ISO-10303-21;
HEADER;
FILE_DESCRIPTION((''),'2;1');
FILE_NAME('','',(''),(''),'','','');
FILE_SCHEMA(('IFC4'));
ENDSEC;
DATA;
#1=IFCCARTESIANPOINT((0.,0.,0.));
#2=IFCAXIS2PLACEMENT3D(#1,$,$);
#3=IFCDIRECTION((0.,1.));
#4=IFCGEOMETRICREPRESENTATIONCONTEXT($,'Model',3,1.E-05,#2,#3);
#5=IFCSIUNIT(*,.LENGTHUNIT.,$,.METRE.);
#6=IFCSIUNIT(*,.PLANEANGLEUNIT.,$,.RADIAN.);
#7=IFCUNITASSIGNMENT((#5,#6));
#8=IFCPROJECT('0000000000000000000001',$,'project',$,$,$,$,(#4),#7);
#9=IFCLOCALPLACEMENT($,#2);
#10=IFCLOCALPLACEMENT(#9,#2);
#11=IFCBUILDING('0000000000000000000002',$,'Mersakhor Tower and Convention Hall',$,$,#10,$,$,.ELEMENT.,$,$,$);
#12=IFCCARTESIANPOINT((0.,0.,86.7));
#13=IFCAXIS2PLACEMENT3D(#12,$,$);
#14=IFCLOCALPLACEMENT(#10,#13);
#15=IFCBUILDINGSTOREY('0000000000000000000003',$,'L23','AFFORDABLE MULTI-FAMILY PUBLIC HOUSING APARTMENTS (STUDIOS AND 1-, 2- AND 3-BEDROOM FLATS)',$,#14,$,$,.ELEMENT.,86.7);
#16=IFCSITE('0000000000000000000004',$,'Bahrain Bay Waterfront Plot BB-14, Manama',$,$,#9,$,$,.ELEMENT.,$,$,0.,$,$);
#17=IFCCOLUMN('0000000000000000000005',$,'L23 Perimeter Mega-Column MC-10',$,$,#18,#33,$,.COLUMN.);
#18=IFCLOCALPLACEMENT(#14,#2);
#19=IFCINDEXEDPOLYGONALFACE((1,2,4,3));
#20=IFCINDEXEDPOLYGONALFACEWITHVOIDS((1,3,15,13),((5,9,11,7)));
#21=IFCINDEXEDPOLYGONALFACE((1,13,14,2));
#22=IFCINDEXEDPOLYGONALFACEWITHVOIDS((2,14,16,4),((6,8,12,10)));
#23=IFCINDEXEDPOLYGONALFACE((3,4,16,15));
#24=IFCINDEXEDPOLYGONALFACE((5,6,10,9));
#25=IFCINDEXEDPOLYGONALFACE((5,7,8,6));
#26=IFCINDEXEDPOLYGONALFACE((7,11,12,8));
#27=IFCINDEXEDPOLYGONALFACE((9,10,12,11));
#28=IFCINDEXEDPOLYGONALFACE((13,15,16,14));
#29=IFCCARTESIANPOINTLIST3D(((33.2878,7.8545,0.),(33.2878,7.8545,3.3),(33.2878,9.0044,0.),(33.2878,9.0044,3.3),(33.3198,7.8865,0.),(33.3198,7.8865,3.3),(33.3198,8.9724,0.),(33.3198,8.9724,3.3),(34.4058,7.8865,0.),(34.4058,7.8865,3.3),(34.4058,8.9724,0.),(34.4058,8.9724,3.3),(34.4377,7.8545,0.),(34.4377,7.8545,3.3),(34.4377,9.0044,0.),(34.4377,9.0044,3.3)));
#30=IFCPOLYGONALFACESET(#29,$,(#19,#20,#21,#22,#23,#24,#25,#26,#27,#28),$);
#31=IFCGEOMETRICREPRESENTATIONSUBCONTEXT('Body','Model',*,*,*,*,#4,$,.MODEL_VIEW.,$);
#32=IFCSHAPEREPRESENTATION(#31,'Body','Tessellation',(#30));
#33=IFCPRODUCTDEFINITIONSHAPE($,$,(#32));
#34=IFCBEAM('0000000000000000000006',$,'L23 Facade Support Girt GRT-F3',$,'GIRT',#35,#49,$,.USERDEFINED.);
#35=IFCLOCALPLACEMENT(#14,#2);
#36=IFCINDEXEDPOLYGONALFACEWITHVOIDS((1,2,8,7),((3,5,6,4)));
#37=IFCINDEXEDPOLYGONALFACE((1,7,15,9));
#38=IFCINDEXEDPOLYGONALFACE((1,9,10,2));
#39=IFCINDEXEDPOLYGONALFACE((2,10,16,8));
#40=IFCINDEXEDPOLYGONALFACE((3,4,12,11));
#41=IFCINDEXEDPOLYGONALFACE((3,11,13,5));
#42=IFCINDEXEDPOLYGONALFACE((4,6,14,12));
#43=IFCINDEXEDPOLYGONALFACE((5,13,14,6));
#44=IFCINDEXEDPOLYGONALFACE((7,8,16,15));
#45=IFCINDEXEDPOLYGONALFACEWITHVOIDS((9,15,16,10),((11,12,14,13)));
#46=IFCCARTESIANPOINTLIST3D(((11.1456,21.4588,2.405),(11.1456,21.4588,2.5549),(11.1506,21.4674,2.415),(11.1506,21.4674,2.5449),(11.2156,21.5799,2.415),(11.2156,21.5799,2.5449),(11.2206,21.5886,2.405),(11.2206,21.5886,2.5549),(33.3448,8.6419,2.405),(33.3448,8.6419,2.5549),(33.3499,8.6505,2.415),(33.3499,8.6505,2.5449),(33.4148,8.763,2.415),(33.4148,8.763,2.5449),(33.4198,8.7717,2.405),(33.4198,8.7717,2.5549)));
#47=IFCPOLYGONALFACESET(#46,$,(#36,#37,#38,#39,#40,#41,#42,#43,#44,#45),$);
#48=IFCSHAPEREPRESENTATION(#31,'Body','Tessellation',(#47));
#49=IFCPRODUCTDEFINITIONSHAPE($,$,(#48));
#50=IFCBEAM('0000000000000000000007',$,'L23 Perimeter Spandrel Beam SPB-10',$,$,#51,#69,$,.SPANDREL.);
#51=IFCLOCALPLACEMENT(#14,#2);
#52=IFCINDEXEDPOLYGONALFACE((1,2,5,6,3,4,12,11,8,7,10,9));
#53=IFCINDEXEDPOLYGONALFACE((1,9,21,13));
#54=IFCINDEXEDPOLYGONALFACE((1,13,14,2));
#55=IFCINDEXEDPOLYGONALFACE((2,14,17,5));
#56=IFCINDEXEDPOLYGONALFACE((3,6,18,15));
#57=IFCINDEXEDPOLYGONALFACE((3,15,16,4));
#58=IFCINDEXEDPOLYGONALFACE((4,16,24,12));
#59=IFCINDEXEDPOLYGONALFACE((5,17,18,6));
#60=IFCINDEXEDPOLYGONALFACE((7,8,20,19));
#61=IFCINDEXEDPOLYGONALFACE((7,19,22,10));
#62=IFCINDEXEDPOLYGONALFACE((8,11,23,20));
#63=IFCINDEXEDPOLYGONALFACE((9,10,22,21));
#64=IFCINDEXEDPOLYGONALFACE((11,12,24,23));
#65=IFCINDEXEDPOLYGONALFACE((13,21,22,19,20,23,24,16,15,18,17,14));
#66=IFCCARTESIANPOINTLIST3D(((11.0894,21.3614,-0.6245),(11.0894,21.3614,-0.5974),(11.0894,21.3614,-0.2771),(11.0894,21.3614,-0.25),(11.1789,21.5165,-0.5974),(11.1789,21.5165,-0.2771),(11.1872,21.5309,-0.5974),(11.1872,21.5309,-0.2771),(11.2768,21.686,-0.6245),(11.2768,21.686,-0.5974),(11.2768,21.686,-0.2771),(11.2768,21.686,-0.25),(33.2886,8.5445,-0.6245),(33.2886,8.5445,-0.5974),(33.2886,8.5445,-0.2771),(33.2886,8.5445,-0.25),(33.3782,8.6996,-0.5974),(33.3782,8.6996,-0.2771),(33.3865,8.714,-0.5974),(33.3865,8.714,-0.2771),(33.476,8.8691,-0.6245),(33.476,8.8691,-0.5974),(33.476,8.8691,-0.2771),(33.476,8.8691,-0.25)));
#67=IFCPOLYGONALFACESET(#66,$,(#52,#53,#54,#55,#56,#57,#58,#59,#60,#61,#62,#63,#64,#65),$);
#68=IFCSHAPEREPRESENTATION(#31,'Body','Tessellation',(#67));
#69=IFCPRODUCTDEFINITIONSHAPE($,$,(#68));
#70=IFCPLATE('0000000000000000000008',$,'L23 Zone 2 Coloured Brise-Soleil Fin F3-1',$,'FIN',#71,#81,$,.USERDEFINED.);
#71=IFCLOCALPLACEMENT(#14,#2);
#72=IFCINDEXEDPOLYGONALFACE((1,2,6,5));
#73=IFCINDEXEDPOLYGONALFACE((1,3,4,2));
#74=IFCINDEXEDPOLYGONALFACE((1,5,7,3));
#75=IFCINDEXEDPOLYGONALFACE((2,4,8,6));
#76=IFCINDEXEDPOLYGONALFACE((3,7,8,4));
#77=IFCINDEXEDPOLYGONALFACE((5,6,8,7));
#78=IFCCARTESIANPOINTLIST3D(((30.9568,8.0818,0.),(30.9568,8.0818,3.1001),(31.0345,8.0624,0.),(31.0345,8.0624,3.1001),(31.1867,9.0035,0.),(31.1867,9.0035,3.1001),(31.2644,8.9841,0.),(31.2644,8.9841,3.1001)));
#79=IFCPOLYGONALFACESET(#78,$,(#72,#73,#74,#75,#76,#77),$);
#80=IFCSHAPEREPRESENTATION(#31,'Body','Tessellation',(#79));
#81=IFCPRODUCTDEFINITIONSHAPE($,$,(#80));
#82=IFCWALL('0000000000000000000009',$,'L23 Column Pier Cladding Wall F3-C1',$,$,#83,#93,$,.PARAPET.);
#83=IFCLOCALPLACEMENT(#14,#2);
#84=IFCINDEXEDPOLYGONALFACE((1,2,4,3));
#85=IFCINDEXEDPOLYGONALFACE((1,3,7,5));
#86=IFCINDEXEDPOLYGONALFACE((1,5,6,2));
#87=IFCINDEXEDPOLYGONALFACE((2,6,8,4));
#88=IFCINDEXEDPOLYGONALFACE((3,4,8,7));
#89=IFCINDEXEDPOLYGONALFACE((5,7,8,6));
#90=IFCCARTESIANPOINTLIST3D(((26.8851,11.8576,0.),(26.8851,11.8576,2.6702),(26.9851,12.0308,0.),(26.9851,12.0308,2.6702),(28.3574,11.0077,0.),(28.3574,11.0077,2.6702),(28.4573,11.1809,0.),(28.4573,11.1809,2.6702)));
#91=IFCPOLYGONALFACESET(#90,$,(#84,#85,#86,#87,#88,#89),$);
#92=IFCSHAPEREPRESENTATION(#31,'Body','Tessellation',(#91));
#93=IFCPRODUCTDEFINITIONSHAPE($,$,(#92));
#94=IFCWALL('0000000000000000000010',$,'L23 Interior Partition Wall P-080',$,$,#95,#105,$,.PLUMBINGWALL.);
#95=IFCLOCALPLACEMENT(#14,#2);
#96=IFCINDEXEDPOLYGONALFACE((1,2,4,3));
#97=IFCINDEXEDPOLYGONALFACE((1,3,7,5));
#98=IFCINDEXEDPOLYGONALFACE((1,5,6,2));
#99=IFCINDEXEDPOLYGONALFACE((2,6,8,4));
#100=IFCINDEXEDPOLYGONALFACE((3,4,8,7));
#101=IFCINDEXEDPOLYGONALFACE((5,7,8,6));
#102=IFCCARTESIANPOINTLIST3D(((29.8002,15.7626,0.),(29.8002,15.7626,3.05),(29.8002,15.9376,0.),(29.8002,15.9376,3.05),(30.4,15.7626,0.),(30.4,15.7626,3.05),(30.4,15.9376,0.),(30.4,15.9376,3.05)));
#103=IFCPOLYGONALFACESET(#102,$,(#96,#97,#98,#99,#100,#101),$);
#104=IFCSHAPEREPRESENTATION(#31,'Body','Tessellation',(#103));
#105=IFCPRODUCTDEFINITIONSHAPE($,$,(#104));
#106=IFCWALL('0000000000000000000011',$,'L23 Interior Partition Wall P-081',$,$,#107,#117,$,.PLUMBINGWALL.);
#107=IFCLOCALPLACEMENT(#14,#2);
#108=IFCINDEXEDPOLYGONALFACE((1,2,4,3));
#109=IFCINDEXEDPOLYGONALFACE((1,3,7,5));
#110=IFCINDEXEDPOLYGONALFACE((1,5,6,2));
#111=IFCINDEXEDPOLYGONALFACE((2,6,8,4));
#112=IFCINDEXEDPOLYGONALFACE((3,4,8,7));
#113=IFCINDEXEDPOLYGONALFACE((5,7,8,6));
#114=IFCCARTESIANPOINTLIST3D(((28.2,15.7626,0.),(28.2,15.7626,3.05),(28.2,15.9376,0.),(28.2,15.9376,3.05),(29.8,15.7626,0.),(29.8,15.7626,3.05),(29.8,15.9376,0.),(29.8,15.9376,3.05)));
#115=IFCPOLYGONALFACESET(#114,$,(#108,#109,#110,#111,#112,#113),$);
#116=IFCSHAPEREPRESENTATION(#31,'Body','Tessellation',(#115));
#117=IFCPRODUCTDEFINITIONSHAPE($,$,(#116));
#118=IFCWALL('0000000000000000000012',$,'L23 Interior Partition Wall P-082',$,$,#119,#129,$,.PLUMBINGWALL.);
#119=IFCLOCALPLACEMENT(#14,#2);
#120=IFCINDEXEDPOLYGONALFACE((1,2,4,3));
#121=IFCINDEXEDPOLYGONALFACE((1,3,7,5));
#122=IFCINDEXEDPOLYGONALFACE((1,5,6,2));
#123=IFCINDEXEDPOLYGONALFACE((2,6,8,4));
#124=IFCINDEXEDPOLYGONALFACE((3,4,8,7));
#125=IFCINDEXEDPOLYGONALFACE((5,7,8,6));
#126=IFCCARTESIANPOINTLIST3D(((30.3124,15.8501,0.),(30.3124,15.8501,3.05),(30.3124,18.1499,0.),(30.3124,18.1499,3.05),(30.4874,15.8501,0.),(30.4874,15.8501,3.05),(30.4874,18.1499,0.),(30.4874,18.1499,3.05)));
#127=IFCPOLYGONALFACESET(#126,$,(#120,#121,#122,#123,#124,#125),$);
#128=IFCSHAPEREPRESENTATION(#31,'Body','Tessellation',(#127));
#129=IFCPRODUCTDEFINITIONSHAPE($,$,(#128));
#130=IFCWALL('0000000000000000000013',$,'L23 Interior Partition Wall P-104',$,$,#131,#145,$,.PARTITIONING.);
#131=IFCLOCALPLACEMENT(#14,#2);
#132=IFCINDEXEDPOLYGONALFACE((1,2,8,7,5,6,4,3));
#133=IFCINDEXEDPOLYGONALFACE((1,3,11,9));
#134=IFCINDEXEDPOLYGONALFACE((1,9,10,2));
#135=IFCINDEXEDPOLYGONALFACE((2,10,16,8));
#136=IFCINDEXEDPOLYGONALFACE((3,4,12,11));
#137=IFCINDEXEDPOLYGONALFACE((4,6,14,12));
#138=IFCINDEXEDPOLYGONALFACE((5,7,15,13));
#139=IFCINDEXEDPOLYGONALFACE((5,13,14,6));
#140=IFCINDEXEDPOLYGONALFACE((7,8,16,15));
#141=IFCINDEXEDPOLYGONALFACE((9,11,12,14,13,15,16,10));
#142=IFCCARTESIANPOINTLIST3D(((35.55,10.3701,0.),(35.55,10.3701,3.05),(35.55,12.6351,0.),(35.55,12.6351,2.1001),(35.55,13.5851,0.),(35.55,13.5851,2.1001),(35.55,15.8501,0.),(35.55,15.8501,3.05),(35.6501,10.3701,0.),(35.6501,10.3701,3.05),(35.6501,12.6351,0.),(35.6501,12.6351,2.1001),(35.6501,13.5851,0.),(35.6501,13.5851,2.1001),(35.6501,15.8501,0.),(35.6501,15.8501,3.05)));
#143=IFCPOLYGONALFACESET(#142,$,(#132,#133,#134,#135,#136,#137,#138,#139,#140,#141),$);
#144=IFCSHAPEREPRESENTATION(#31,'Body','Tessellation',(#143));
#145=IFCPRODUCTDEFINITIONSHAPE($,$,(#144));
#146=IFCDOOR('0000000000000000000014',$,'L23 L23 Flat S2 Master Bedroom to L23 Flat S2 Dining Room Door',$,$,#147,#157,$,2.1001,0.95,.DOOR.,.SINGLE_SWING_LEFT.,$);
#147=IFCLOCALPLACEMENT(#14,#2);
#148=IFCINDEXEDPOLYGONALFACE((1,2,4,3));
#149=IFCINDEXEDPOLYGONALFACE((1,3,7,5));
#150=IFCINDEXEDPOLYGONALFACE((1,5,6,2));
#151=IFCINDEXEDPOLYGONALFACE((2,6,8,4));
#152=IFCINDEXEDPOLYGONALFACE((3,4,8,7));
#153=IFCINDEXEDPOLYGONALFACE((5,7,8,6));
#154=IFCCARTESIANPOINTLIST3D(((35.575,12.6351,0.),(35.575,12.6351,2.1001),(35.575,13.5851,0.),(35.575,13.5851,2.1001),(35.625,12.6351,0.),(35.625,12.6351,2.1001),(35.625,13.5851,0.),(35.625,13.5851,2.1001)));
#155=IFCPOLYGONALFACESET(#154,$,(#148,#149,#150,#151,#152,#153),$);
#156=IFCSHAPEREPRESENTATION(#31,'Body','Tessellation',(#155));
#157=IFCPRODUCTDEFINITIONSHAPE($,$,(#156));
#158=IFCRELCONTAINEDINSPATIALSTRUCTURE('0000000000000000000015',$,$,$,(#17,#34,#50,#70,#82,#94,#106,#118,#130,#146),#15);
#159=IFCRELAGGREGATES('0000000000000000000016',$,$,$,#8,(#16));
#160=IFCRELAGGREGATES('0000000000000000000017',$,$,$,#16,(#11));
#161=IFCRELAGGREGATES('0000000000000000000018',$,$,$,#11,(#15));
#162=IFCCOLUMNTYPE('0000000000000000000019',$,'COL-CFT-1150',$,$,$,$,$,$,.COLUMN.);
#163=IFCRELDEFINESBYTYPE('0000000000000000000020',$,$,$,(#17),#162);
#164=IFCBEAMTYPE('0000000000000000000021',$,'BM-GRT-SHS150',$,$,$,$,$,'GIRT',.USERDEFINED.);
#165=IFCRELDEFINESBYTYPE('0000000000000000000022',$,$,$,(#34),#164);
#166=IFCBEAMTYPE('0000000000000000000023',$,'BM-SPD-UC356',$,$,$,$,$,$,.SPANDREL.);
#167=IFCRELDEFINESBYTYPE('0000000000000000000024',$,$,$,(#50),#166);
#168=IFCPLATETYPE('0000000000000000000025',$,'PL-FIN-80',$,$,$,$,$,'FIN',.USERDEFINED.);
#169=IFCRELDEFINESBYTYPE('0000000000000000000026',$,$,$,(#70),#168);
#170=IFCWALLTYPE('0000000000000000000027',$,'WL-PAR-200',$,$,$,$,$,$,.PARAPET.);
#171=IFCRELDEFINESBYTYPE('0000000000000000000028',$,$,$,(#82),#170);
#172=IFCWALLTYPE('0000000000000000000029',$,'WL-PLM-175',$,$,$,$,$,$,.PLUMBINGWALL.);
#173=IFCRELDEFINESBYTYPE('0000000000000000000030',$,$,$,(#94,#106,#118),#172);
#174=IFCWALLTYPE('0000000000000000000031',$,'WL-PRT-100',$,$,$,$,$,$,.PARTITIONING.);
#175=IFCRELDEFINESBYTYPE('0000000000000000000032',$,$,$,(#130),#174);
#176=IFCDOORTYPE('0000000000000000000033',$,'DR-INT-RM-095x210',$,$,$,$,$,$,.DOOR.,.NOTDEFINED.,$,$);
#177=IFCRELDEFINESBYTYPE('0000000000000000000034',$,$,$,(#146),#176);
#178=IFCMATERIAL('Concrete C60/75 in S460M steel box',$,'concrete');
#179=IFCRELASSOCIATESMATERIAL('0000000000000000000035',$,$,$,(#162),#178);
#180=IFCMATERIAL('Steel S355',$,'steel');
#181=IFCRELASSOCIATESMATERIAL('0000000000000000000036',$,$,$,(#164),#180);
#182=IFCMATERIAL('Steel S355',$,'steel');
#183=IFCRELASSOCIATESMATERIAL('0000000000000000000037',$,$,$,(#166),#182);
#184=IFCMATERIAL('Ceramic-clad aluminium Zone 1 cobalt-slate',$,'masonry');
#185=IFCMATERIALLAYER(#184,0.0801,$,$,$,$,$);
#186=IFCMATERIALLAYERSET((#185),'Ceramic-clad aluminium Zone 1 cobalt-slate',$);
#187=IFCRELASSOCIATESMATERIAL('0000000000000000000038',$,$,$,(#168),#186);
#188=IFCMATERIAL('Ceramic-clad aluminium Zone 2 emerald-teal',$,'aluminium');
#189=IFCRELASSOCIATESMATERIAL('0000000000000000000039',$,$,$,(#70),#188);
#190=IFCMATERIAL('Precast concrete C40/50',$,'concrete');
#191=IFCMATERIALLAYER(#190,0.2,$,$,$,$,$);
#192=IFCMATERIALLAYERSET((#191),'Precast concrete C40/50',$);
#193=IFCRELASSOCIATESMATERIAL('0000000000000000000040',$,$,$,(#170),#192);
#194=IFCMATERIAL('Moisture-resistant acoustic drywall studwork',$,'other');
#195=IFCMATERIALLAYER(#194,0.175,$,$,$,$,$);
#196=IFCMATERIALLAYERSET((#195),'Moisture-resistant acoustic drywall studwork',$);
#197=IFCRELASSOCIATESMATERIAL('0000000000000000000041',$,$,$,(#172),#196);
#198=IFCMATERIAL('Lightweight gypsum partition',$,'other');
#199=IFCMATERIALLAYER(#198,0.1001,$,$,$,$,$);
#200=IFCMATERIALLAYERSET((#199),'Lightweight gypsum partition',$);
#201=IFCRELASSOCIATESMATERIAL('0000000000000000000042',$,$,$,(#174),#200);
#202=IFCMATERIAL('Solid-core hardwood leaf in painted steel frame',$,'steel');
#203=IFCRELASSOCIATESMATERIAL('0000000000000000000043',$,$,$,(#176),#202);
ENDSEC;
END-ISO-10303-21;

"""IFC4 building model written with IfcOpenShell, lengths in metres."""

from ifc_helpers import new_model, si_unit, direction, frame, frame_2d, origin, origin_2d, place, context, subcontext, project, spatial, rectangle, hollow_rectangle, i_section, extrude, material, layer, layer_set, material_profile, profile_set, type_object, element, fill, save


model = new_model("IFC4")

# Units and contexts
model_context = context("Model", 3, precision=1e-05, world=origin(), true_north=direction((0.0, 1.0)))
body_context = subcontext(model_context, "Body", "Model", "MODEL_VIEW")
ifc_project = project(units=[si_unit("LENGTHUNIT", "METRE"), si_unit("PLANEANGLEUNIT", "RADIAN")], contexts=[model_context])

# Site, building, storey
site_placement = place(None, origin())
site = spatial("IfcSite", under=ifc_project, at=site_placement, Name="Bahrain Bay Waterfront Plot BB-14, Manama", CompositionType="ELEMENT", RefElevation=0.0)
building_placement = place(site_placement, origin())
building = spatial("IfcBuilding", under=site, at=building_placement, Name="Mersakhor Tower and Convention Hall", CompositionType="ELEMENT")
storey_placement = place(building_placement, frame((0.0, 0.0, 86.7)))
storey = spatial("IfcBuildingStorey", under=building, at=storey_placement, Name="L23", Description="AFFORDABLE MULTI-FAMILY PUBLIC HOUSING APARTMENTS (STUDIOS AND 1-, 2- AND 3-BEDROOM FLATS)", CompositionType="ELEMENT", Elevation=86.7)

# Column
ifc_material_1 = material(Name="Concrete C60/75 in S460M steel box", Category="concrete")
ifc_material_profile_1 = material_profile(ifc_material_1, hollow_rectangle(XDim=1.1499, YDim=1.1499, WallThickness=0.032, at=origin_2d()), Name="SHS 1150x1150x32")
ifc_profile_set_1 = profile_set([ifc_material_profile_1], Name="Concrete C60/75 in S460M steel box")
column_type = type_object("IfcColumnType", Name="COL-CFT-1150", PredefinedType="COLUMN", material=ifc_profile_set_1)
column_placement = place(storey_placement, frame((33.8628, 8.4294, 0.0), z_axis=(0.0, 0.0, 1.0), x_axis=(1.0, 0.0, 0.0)))
element("IfcColumn", 1, at=column_placement, inside=storey, type_object=column_type, Name="L23 Perimeter Mega-Column MC-10", PredefinedType="COLUMN", context=body_context, shape_type="SweptSolid", body=[
    extrude(hollow_rectangle(XDim=1.1499, YDim=1.1499, WallThickness=0.032, at=origin_2d()), origin(), (0.0, 0.0, 1.0), 3.3),
])

# Beams
ifc_material_2 = material(Name="Steel S355", Category="steel")
ifc_material_profile_2 = material_profile(ifc_material_2, hollow_rectangle(XDim=0.1499, YDim=0.1499, WallThickness=0.01, at=origin_2d()), Name="SHS 150x150x10")
ifc_profile_set_2 = profile_set([ifc_material_profile_2], Name="Steel S355")
beam_type_1 = type_object("IfcBeamType", Name="BM-GRT-SHS150", ElementType="GIRT", PredefinedType="USERDEFINED", material=ifc_profile_set_2)
beam_1_placement = place(storey_placement, frame((33.3823, 8.7068, 2.48), z_axis=(-0.866023, 0.500005, 0.0), x_axis=(-0.500005, -0.866023, 0.0)))
element("IfcBeam", 2, at=beam_1_placement, inside=storey, type_object=beam_type_1, Name="L23 Facade Support Girt GRT-F3", ObjectType="GIRT", PredefinedType="USERDEFINED", context=body_context, shape_type="SweptSolid", body=[
    extrude(hollow_rectangle(XDim=0.1499, YDim=0.1499, WallThickness=0.01, at=origin_2d()), origin(), (0.0, 0.0, 1.0), 25.6335),
])
ifc_material_3 = material(Name="Steel S355", Category="steel")
ifc_material_profile_3 = material_profile(ifc_material_3, i_section(OverallWidth=0.3748, OverallDepth=0.3745, WebThickness=0.0166, FlangeThickness=0.0271, at=origin_2d()), Name="UC 356x368x202")
ifc_profile_set_3 = profile_set([ifc_material_profile_3], Name="Steel S355")
beam_type_2 = type_object("IfcBeamType", Name="BM-SPD-UC356", PredefinedType="SPANDREL", material=ifc_profile_set_3)
beam_2_placement = place(storey_placement, frame((33.3823, 8.7068, -0.4373), z_axis=(-0.866023, 0.500005, 0.0), x_axis=(-0.500005, -0.866023, 0.0)))
element("IfcBeam", 3, at=beam_2_placement, inside=storey, type_object=beam_type_2, Name="L23 Perimeter Spandrel Beam SPB-10", PredefinedType="SPANDREL", context=body_context, shape_type="SweptSolid", body=[
    extrude(i_section(OverallWidth=0.3748, OverallDepth=0.3745, WebThickness=0.0166, FlangeThickness=0.0271, at=origin_2d()), origin(), (0.0, 0.0, 1.0), 25.6335),
])

# Plate
ifc_material_4 = material(Name="Ceramic-clad aluminium Zone 2 emerald-teal", Category="aluminium")
ifc_material_5 = material(Name="Ceramic-clad aluminium Zone 1 cobalt-slate", Category="masonry")
ifc_layer_1 = layer(ifc_material_5, 0.0801)
ifc_layer_set_1 = layer_set([ifc_layer_1], Name="Ceramic-clad aluminium Zone 1 cobalt-slate")
plate_type = type_object("IfcPlateType", Name="PL-FIN-80", ElementType="FIN", PredefinedType="USERDEFINED", material=ifc_layer_set_1)
plate_placement = place(storey_placement, frame((31.1106, 8.533, 0.0), z_axis=(0.0, 0.0, 1.0), x_axis=(-0.241922, -0.970296, 0.0)))
element("IfcPlate", 4, at=plate_placement, inside=storey, type_object=plate_type, material=ifc_material_4, Name="L23 Zone 2 Coloured Brise-Soleil Fin F3-1", ObjectType="FIN", PredefinedType="USERDEFINED", context=body_context, shape_type="SweptSolid", body=[
    extrude(rectangle(XDim=0.95, YDim=0.0801, at=origin_2d()), origin(), (0.0, 0.0, 1.0), 3.1001),
])

# Walls
ifc_material_6 = material(Name="Precast concrete C40/50", Category="concrete")
ifc_layer_2 = layer(ifc_material_6, 0.2)
ifc_layer_set_2 = layer_set([ifc_layer_2], Name="Precast concrete C40/50")
wall_type_1 = type_object("IfcWallType", Name="WL-PAR-200", PredefinedType="PARAPET", material=ifc_layer_set_2)
wall_1_placement = place(storey_placement, frame((28.4075, 11.0942, 0.0), z_axis=(0.0, 0.0, 1.0), x_axis=(-0.866052, 0.499955, 0.0)))
element("IfcWall", 5, at=wall_1_placement, inside=storey, type_object=wall_type_1, Name="L23 Column Pier Cladding Wall F3-C1", PredefinedType="PARAPET", context=body_context, shape_type="SweptSolid", body=[
    extrude(rectangle(XDim=1.7, YDim=0.2, at=frame_2d((0.8501, 0.0))), origin(), (0.0, 0.0, 1.0), 2.6702),
])
ifc_material_7 = material(Name="Moisture-resistant acoustic drywall studwork", Category="other")
ifc_layer_3 = layer(ifc_material_7, 0.175)
ifc_layer_set_3 = layer_set([ifc_layer_3], Name="Moisture-resistant acoustic drywall studwork")
wall_type_2 = type_object("IfcWallType", Name="WL-PLM-175", PredefinedType="PLUMBINGWALL", material=ifc_layer_set_3)
wall_2_placement = place(storey_placement, frame((30.3999, 15.8501, 0.0), z_axis=(0.0, 0.0, 1.0), x_axis=(-1.0, 0.0, 0.0)))
element("IfcWall", 6, at=wall_2_placement, inside=storey, type_object=wall_type_2, Name="L23 Interior Partition Wall P-080", PredefinedType="PLUMBINGWALL", context=body_context, shape_type="SweptSolid", body=[
    extrude(rectangle(XDim=0.5999, YDim=0.175, at=frame_2d((0.2998, 0.0))), origin(), (0.0, 0.0, 1.0), 3.05),
])
wall_3_placement = place(storey_placement, frame((29.8, 15.8501, 0.0), z_axis=(0.0, 0.0, 1.0), x_axis=(-1.0, 0.0, 0.0)))
element("IfcWall", 7, at=wall_3_placement, inside=storey, type_object=wall_type_2, Name="L23 Interior Partition Wall P-081", PredefinedType="PLUMBINGWALL", context=body_context, shape_type="SweptSolid", body=[
    extrude(rectangle(XDim=1.6001, YDim=0.175, at=frame_2d((0.8, 0.0))), origin(), (0.0, 0.0, 1.0), 3.05),
])
wall_4_placement = place(storey_placement, frame((30.3999, 18.1499, 0.0), z_axis=(0.0, 0.0, 1.0), x_axis=(0.0, -1.0, 0.0)))
element("IfcWall", 8, at=wall_4_placement, inside=storey, type_object=wall_type_2, Name="L23 Interior Partition Wall P-082", PredefinedType="PLUMBINGWALL", context=body_context, shape_type="SweptSolid", body=[
    extrude(rectangle(XDim=2.2998, YDim=0.175, at=frame_2d((1.1499, 0.0))), origin(), (0.0, 0.0, 1.0), 3.05),
])

# Wall, opening, door
ifc_material_8 = material(Name="Lightweight gypsum partition", Category="other")
ifc_layer_4 = layer(ifc_material_8, 0.1001)
ifc_layer_set_4 = layer_set([ifc_layer_4], Name="Lightweight gypsum partition")
wall_type_3 = type_object("IfcWallType", Name="WL-PRT-100", PredefinedType="PARTITIONING", material=ifc_layer_set_4)
wall_5_placement = place(storey_placement, frame((35.6001, 15.8501, 0.0), z_axis=(0.0, 0.0, 1.0), x_axis=(0.0, -1.0, 0.0)))
wall_5 = element("IfcWall", 9, at=wall_5_placement, inside=storey, type_object=wall_type_3, Name="L23 Interior Partition Wall P-104", PredefinedType="PARTITIONING", context=body_context, shape_type="SweptSolid", body=[
    extrude(rectangle(XDim=5.48, YDim=0.1001, at=frame_2d((2.74, 0.0))), origin(), (0.0, 0.0, 1.0), 3.05),
])
opening_1_placement = place(wall_5_placement, frame((2.2649, 0.0, 0.0)))
opening_1 = element("IfcOpeningElement", 10, at=opening_1_placement, cuts=wall_5, PredefinedType="OPENING", context=body_context, shape_type="SweptSolid", body=[
    extrude(rectangle(XDim=0.95, YDim=2.1001, at=frame_2d((0.4751, 1.05))), frame((0.0, 0.0601, 0.0), z_axis=(0.0, -1.0, 0.0), x_axis=(1.0, 0.0, 0.0)), (0.0, 0.0, 1.0), 0.1201),
])
ifc_material_9 = material(Name="Solid-core hardwood leaf in painted steel frame", Category="steel")
door_type_1 = type_object("IfcDoorType", Name="DR-INT-RM-095x210", OperationType="NOTDEFINED", PredefinedType="DOOR", material=ifc_material_9)
door_1_placement = place(opening_1_placement, origin())
door_1 = element("IfcDoor", 11, at=door_1_placement, inside=storey, type_object=door_type_1, Name="L23 L23 Flat S2 Master Bedroom to L23 Flat S2 Dining Room Door", OperationType="SINGLE_SWING_LEFT", OverallHeight=2.1001, OverallWidth=0.95, PredefinedType="DOOR", context=body_context, shape_type="SweptSolid", body=[
    extrude(rectangle(XDim=0.95, YDim=2.1001, at=frame_2d((0.4751, 1.05))), frame((0.0, 0.0249, 0.0), z_axis=(0.0, -1.0, 0.0), x_axis=(1.0, 0.0, 0.0)), (0.0, 0.0, 1.0), 0.05),
])
fill(opening_1, door_1)

save(model, "model.ifc")
